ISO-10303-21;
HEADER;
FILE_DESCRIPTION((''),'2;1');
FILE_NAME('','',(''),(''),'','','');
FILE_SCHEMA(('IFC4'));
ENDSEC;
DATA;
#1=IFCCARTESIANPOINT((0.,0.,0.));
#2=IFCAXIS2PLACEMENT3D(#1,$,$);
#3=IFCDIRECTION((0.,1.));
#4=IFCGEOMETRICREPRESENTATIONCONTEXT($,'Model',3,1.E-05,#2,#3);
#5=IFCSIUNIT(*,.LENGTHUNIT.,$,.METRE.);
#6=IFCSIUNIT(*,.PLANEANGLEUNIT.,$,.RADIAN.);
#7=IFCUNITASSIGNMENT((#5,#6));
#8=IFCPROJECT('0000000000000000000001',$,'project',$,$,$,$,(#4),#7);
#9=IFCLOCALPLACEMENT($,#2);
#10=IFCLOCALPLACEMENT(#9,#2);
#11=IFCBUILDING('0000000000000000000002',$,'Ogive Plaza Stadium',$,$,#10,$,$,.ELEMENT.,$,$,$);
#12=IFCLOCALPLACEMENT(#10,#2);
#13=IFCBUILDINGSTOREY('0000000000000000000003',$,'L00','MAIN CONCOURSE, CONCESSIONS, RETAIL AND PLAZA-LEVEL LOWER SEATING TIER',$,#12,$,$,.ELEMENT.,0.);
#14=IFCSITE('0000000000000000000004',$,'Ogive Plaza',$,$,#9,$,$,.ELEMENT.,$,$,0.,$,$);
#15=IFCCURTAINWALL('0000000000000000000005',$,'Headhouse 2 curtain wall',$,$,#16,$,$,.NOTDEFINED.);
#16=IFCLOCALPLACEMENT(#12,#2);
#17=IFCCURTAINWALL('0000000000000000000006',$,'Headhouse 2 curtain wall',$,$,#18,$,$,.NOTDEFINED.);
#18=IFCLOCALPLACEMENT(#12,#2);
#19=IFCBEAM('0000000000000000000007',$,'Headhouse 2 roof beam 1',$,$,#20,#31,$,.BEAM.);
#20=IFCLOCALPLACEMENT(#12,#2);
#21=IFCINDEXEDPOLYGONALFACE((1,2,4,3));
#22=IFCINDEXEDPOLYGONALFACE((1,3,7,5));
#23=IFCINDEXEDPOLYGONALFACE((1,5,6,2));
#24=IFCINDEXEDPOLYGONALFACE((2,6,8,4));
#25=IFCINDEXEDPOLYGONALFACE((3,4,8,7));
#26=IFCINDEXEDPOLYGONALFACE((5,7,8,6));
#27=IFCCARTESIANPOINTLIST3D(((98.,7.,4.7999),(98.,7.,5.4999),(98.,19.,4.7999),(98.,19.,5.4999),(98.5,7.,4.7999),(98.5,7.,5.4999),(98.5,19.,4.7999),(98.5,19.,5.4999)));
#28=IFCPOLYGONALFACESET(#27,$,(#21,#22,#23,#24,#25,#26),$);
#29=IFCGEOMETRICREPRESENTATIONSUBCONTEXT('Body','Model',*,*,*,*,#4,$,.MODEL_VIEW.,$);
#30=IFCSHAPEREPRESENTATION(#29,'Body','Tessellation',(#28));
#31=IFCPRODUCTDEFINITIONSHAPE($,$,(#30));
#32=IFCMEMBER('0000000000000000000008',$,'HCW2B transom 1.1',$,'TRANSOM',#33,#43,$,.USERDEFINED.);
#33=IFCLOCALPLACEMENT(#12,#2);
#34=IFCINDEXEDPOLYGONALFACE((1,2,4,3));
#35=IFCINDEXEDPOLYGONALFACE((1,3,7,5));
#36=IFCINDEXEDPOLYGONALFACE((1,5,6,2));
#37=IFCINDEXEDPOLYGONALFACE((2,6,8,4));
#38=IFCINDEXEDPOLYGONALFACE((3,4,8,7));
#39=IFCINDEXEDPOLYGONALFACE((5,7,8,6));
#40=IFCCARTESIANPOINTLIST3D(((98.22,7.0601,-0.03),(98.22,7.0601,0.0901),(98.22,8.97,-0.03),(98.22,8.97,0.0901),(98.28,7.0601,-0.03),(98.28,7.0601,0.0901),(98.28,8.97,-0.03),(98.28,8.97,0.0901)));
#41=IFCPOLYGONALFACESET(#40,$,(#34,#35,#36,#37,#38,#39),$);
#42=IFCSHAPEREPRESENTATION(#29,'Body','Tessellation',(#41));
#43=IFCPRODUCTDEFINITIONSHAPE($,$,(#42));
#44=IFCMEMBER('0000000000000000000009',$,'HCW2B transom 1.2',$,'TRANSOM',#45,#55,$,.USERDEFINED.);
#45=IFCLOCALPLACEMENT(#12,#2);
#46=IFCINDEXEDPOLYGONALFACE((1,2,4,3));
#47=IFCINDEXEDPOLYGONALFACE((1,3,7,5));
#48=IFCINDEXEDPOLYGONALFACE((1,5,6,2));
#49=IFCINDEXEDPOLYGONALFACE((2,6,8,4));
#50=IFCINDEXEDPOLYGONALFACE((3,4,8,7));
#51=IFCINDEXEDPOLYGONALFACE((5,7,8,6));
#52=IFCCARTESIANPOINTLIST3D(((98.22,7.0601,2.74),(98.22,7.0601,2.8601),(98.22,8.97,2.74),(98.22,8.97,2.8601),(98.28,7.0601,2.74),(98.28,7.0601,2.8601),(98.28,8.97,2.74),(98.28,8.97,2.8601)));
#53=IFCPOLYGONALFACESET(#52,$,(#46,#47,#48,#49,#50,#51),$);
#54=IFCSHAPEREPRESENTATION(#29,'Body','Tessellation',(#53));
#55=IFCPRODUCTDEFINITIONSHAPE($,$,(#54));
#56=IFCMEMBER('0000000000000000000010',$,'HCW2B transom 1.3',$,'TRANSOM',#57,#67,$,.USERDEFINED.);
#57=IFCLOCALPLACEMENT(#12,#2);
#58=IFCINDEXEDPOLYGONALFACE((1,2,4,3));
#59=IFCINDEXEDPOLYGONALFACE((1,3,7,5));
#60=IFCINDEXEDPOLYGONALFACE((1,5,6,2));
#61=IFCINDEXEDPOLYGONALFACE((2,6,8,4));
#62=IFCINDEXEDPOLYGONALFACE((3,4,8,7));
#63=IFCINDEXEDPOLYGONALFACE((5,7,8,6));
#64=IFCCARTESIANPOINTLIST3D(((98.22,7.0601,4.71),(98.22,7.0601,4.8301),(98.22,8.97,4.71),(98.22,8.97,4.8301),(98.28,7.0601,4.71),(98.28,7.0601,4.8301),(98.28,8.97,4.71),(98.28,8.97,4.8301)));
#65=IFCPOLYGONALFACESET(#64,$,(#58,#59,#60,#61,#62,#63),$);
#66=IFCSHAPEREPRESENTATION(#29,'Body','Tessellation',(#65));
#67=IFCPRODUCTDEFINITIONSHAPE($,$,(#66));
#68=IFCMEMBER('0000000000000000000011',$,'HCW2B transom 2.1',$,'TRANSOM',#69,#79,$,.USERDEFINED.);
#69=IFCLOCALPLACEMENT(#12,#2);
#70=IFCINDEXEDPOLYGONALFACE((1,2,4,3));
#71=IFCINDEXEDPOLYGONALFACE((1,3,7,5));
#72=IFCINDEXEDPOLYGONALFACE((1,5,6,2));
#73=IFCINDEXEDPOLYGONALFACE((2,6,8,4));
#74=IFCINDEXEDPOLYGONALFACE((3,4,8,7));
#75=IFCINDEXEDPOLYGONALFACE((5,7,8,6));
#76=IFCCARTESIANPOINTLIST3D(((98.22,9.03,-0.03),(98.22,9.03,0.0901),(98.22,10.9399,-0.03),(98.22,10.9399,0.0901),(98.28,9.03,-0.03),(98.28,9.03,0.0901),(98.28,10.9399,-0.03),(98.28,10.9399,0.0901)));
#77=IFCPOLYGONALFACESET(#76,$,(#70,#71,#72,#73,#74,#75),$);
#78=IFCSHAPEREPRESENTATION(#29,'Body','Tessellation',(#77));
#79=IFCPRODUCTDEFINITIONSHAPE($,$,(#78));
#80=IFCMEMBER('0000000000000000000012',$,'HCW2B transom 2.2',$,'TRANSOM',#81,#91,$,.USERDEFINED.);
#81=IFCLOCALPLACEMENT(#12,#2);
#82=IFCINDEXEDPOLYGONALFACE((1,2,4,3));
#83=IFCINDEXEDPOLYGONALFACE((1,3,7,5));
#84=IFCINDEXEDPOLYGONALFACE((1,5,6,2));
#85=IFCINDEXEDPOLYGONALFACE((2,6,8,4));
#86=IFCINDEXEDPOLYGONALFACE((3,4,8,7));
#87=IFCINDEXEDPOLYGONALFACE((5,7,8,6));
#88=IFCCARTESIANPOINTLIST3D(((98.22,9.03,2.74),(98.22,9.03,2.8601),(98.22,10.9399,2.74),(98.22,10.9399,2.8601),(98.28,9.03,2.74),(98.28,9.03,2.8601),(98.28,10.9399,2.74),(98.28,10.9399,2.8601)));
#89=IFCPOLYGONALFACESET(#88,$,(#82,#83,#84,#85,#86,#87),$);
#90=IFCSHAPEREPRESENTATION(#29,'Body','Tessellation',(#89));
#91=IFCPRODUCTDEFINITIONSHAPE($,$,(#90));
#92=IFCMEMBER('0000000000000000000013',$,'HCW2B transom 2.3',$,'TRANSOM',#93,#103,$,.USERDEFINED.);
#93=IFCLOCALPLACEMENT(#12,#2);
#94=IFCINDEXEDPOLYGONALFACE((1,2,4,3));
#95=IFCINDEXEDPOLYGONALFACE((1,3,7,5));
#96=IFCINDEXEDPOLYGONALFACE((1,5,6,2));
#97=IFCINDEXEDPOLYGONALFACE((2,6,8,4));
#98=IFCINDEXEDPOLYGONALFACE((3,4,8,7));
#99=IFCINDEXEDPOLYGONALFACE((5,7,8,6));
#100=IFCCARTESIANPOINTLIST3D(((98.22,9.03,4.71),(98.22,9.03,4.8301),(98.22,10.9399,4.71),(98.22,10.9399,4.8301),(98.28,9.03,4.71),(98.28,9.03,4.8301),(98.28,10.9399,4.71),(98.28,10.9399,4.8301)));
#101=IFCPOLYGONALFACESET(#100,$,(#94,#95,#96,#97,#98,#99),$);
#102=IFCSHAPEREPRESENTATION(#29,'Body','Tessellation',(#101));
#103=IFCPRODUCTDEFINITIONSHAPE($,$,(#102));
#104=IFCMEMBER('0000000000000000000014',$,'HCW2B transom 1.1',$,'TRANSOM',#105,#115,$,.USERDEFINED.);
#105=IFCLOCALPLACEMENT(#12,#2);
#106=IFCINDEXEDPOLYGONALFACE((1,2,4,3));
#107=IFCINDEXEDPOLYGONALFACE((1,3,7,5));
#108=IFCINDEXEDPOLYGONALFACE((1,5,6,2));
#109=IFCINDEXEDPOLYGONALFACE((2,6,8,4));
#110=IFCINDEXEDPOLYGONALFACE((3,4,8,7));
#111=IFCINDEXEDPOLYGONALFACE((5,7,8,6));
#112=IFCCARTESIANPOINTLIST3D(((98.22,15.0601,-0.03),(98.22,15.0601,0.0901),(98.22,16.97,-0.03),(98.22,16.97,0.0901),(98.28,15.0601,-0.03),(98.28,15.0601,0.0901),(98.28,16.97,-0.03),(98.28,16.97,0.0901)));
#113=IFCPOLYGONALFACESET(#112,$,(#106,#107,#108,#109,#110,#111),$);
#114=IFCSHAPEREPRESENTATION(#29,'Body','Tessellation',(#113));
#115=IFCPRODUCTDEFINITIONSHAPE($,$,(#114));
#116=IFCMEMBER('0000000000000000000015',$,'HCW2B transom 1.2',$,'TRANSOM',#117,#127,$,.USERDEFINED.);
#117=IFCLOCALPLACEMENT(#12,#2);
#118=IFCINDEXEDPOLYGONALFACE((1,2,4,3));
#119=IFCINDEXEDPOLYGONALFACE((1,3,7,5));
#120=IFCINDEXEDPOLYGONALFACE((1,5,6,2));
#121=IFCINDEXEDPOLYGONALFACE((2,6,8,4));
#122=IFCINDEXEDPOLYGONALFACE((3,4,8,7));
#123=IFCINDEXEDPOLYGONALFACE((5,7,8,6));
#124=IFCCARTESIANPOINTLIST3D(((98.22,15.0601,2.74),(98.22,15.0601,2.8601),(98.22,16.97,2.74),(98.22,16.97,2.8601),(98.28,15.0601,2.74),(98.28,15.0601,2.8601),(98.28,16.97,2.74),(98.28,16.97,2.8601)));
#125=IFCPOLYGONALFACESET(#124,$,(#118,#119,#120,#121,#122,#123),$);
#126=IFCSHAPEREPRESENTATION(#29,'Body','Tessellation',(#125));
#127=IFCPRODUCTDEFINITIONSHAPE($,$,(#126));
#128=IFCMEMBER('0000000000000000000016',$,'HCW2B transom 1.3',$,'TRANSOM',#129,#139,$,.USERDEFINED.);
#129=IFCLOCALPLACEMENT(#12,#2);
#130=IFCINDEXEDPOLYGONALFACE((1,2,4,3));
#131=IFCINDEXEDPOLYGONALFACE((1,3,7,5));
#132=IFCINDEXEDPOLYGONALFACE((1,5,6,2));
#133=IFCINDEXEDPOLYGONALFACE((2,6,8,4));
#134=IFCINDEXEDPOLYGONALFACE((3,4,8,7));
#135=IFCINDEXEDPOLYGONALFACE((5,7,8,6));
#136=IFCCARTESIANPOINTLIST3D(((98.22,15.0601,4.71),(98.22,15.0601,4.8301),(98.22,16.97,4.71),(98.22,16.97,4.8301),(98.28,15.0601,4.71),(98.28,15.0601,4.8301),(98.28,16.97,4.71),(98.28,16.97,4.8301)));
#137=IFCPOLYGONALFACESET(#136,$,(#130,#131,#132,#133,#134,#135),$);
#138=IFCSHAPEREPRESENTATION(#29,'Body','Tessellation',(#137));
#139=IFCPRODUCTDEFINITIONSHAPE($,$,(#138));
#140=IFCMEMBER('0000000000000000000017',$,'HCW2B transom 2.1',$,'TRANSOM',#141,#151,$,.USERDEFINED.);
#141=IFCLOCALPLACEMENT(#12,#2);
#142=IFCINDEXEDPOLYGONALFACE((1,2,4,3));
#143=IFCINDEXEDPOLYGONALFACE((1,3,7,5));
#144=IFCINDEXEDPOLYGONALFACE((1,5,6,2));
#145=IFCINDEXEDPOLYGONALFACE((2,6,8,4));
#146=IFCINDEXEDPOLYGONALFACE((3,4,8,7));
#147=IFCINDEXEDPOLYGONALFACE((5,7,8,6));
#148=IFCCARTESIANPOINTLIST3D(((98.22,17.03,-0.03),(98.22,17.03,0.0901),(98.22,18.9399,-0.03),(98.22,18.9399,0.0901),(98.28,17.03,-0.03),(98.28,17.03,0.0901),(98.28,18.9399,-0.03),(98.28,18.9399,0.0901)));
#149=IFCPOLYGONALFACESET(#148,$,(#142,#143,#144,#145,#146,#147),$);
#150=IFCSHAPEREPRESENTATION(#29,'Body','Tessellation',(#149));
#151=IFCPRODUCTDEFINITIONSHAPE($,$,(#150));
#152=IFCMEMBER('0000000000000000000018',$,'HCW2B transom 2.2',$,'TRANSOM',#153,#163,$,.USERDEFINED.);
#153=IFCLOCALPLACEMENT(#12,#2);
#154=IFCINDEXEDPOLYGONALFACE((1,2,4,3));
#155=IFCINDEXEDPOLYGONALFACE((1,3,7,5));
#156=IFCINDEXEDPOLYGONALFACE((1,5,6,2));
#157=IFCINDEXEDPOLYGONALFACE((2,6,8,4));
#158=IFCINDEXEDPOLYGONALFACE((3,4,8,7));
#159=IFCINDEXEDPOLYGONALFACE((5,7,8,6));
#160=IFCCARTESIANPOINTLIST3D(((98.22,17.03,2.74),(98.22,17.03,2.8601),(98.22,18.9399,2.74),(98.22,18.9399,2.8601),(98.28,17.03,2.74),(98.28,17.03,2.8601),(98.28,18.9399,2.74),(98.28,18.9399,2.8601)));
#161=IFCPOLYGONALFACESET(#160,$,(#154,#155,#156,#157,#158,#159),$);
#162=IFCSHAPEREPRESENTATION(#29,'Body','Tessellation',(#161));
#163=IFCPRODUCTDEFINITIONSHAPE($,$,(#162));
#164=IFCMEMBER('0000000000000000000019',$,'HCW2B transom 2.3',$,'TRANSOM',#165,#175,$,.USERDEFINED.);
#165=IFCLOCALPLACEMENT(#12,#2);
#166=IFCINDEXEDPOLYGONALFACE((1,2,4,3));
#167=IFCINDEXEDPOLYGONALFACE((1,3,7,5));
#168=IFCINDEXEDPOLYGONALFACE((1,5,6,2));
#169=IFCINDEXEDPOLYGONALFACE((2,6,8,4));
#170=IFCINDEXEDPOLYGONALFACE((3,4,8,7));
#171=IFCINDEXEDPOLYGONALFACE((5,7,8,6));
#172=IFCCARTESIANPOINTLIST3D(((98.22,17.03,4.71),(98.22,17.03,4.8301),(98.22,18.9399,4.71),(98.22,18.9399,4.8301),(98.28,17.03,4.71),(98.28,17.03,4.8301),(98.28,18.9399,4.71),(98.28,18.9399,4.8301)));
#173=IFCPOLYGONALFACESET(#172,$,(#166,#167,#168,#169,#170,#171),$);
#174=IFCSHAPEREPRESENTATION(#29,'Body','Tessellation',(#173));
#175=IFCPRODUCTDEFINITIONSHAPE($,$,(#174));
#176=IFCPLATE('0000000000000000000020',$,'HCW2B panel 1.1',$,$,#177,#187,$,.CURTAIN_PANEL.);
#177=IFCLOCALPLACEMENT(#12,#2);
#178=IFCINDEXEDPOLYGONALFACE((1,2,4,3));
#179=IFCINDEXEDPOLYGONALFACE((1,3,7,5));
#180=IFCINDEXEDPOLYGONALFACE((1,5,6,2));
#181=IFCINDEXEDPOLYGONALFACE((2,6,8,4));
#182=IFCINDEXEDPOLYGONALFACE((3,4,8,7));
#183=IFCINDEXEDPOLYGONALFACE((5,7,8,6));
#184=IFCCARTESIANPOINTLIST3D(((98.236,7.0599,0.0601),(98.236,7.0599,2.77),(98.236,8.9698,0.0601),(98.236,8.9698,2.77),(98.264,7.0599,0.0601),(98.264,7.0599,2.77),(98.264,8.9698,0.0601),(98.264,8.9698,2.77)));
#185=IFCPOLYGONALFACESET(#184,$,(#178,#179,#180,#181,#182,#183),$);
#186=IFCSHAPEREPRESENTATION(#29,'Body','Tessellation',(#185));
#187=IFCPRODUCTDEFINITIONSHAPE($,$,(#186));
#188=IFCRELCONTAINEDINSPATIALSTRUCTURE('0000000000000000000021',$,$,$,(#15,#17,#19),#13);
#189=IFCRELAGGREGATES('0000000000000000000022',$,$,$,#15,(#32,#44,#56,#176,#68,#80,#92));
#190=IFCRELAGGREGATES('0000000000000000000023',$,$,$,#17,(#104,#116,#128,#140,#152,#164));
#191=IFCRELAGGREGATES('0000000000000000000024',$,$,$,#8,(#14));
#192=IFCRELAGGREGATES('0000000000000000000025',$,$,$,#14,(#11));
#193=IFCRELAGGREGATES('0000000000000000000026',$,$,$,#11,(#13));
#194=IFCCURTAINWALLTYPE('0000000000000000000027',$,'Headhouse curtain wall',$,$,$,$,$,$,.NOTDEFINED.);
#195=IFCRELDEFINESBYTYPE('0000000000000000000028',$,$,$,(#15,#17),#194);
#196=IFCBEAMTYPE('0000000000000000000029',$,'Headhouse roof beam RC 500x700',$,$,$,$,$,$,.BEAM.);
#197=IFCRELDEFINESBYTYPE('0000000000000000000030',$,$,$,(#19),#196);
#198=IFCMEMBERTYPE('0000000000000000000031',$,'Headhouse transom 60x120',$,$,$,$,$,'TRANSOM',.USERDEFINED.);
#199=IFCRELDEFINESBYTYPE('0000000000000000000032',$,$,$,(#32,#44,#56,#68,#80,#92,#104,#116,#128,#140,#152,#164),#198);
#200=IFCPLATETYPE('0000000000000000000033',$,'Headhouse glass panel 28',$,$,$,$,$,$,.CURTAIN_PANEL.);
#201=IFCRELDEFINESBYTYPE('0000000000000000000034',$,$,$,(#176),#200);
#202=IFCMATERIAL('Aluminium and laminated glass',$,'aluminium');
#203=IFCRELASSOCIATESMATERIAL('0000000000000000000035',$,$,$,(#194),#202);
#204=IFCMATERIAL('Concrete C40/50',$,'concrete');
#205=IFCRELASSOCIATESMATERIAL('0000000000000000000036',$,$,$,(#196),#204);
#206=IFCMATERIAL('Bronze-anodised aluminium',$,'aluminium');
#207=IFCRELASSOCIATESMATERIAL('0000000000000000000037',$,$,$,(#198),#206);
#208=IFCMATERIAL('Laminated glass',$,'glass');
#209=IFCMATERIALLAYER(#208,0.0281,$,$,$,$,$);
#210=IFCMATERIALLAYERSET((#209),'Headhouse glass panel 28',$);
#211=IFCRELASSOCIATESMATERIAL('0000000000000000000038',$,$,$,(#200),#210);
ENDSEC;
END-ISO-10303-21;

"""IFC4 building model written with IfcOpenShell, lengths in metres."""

from ifc_helpers import new_model, si_unit, direction, frame, origin, origin_2d, place, context, subcontext, project, spatial, rectangle, extrude, material, layer, layer_set, material_profile, profile_set, type_object, element, aggregate, save


model = new_model("IFC4")

# Units and contexts
model_context = context("Model", 3, precision=1e-05, world=origin(), true_north=direction((0.0, 1.0)))
body_context = subcontext(model_context, "Body", "Model", "MODEL_VIEW")
ifc_project = project(units=[si_unit("LENGTHUNIT", "METRE"), si_unit("PLANEANGLEUNIT", "RADIAN")], contexts=[model_context])

# Site, building, storey
site_placement = place(None, origin())
site = spatial("IfcSite", under=ifc_project, at=site_placement, Name="Ogive Plaza", CompositionType="ELEMENT", RefElevation=0.0)
building_placement = place(site_placement, origin())
building = spatial("IfcBuilding", under=site, at=building_placement, Name="Ogive Plaza Stadium", CompositionType="ELEMENT")
storey_placement = place(building_placement, origin())
storey = spatial("IfcBuildingStorey", under=building, at=storey_placement, Name="L00", Description="MAIN CONCOURSE, CONCESSIONS, RETAIL AND PLAZA-LEVEL LOWER SEATING TIER", CompositionType="ELEMENT", Elevation=0.0)

# Shared definitions
ifc_material_1 = material(Name="Aluminium and laminated glass", Category="aluminium")
curtain_wall_type = type_object("IfcCurtainWallType", Name="Headhouse curtain wall", PredefinedType="NOTDEFINED", material=ifc_material_1)

# Curtain walls
curtain_wall_1_placement = place(storey_placement, origin())
curtain_wall_1 = element("IfcCurtainWall", 1, at=curtain_wall_1_placement, inside=storey, type_object=curtain_wall_type, Name="Headhouse 2 curtain wall", PredefinedType="NOTDEFINED")
curtain_wall_2_placement = place(storey_placement, origin())
curtain_wall_2 = element("IfcCurtainWall", 2, at=curtain_wall_2_placement, inside=storey, type_object=curtain_wall_type, Name="Headhouse 2 curtain wall", PredefinedType="NOTDEFINED")

# Beam
ifc_material_2 = material(Name="Concrete C40/50", Category="concrete")
ifc_material_profile_1 = material_profile(ifc_material_2, rectangle(XDim=0.5, YDim=0.7, at=origin_2d()), Name="Headhouse roof beam RC 500x700")
ifc_profile_set_1 = profile_set([ifc_material_profile_1], Name="Concrete C40/50")
beam_type_1 = type_object("IfcBeamType", Name="Headhouse roof beam RC 500x700", PredefinedType="BEAM", material=ifc_profile_set_1)
beam_1_placement = place(storey_placement, frame((98.25, 7.0, 5.1499), z_axis=(0.0, 1.0, 0.0), x_axis=(-1.0, 0.0, 0.0)))
element("IfcBeam", 3, at=beam_1_placement, inside=storey, type_object=beam_type_1, Name="Headhouse 2 roof beam 1", PredefinedType="BEAM", context=body_context, shape_type="SweptSolid", body=[
    extrude(rectangle(XDim=0.5, YDim=0.7, at=origin_2d()), origin(), (0.0, 0.0, 1.0), 12.0),
])

# Members
ifc_material_3 = material(Name="Bronze-anodised aluminium", Category="aluminium")
ifc_material_profile_2 = material_profile(ifc_material_3, rectangle(XDim=0.0601, YDim=0.1201, at=origin_2d()), Name="Headhouse transom 60x120")
ifc_profile_set_2 = profile_set([ifc_material_profile_2], Name="Bronze-anodised aluminium")
member_type_1 = type_object("IfcMemberType", Name="Headhouse transom 60x120", ElementType="TRANSOM", PredefinedType="USERDEFINED", material=ifc_profile_set_2)
member_1_placement = place(storey_placement, frame((98.25, 7.0601, 0.03), z_axis=(0.0, 1.0, 0.0), x_axis=(-1.0, 0.0, 0.0)))
member_1 = element("IfcMember", 4, at=member_1_placement, type_object=member_type_1, Name="HCW2B transom 1.1", ObjectType="TRANSOM", PredefinedType="USERDEFINED", context=body_context, shape_type="SweptSolid", body=[
    extrude(rectangle(XDim=0.0601, YDim=0.1201, at=origin_2d()), origin(), (0.0, 0.0, 1.0), 1.9099),
])
member_2_placement = place(storey_placement, frame((98.25, 7.0601, 2.8), z_axis=(0.0, 1.0, 0.0), x_axis=(-1.0, 0.0, 0.0)))
member_2 = element("IfcMember", 5, at=member_2_placement, type_object=member_type_1, Name="HCW2B transom 1.2", ObjectType="TRANSOM", PredefinedType="USERDEFINED", context=body_context, shape_type="SweptSolid", body=[
    extrude(rectangle(XDim=0.0601, YDim=0.1201, at=origin_2d()), origin(), (0.0, 0.0, 1.0), 1.9099),
])
member_3_placement = place(storey_placement, frame((98.25, 7.0601, 4.77), z_axis=(0.0, 1.0, 0.0), x_axis=(-1.0, 0.0, 0.0)))
member_3 = element("IfcMember", 6, at=member_3_placement, type_object=member_type_1, Name="HCW2B transom 1.3", ObjectType="TRANSOM", PredefinedType="USERDEFINED", context=body_context, shape_type="SweptSolid", body=[
    extrude(rectangle(XDim=0.0601, YDim=0.1201, at=origin_2d()), origin(), (0.0, 0.0, 1.0), 1.9099),
])
member_4_placement = place(storey_placement, frame((98.25, 9.03, 0.03), z_axis=(0.0, 1.0, 0.0), x_axis=(-1.0, 0.0, 0.0)))
member_4 = element("IfcMember", 7, at=member_4_placement, type_object=member_type_1, Name="HCW2B transom 2.1", ObjectType="TRANSOM", PredefinedType="USERDEFINED", context=body_context, shape_type="SweptSolid", body=[
    extrude(rectangle(XDim=0.0601, YDim=0.1201, at=origin_2d()), origin(), (0.0, 0.0, 1.0), 1.9099),
])
member_5_placement = place(storey_placement, frame((98.25, 9.03, 2.8), z_axis=(0.0, 1.0, 0.0), x_axis=(-1.0, 0.0, 0.0)))
member_5 = element("IfcMember", 8, at=member_5_placement, type_object=member_type_1, Name="HCW2B transom 2.2", ObjectType="TRANSOM", PredefinedType="USERDEFINED", context=body_context, shape_type="SweptSolid", body=[
    extrude(rectangle(XDim=0.0601, YDim=0.1201, at=origin_2d()), origin(), (0.0, 0.0, 1.0), 1.9099),
])
member_6_placement = place(storey_placement, frame((98.25, 9.03, 4.77), z_axis=(0.0, 1.0, 0.0), x_axis=(-1.0, 0.0, 0.0)))
member_6 = element("IfcMember", 9, at=member_6_placement, type_object=member_type_1, Name="HCW2B transom 2.3", ObjectType="TRANSOM", PredefinedType="USERDEFINED", context=body_context, shape_type="SweptSolid", body=[
    extrude(rectangle(XDim=0.0601, YDim=0.1201, at=origin_2d()), origin(), (0.0, 0.0, 1.0), 1.9099),
])
member_7_placement = place(storey_placement, frame((98.25, 15.0601, 0.03), z_axis=(0.0, 1.0, 0.0), x_axis=(-1.0, 0.0, 0.0)))
member_7 = element("IfcMember", 10, at=member_7_placement, type_object=member_type_1, Name="HCW2B transom 1.1", ObjectType="TRANSOM", PredefinedType="USERDEFINED", context=body_context, shape_type="SweptSolid", body=[
    extrude(rectangle(XDim=0.0601, YDim=0.1201, at=origin_2d()), origin(), (0.0, 0.0, 1.0), 1.9099),
])
member_8_placement = place(storey_placement, frame((98.25, 15.0601, 2.8), z_axis=(0.0, 1.0, 0.0), x_axis=(-1.0, 0.0, 0.0)))
member_8 = element("IfcMember", 11, at=member_8_placement, type_object=member_type_1, Name="HCW2B transom 1.2", ObjectType="TRANSOM", PredefinedType="USERDEFINED", context=body_context, shape_type="SweptSolid", body=[
    extrude(rectangle(XDim=0.0601, YDim=0.1201, at=origin_2d()), origin(), (0.0, 0.0, 1.0), 1.9099),
])
member_9_placement = place(storey_placement, frame((98.25, 15.0601, 4.77), z_axis=(0.0, 1.0, 0.0), x_axis=(-1.0, 0.0, 0.0)))
member_9 = element("IfcMember", 12, at=member_9_placement, type_object=member_type_1, Name="HCW2B transom 1.3", ObjectType="TRANSOM", PredefinedType="USERDEFINED", context=body_context, shape_type="SweptSolid", body=[
    extrude(rectangle(XDim=0.0601, YDim=0.1201, at=origin_2d()), origin(), (0.0, 0.0, 1.0), 1.9099),
])
member_10_placement = place(storey_placement, frame((98.25, 17.03, 0.03), z_axis=(0.0, 1.0, 0.0), x_axis=(-1.0, 0.0, 0.0)))
member_10 = element("IfcMember", 13, at=member_10_placement, type_object=member_type_1, Name="HCW2B transom 2.1", ObjectType="TRANSOM", PredefinedType="USERDEFINED", context=body_context, shape_type="SweptSolid", body=[
    extrude(rectangle(XDim=0.0601, YDim=0.1201, at=origin_2d()), origin(), (0.0, 0.0, 1.0), 1.9099),
])
member_11_placement = place(storey_placement, frame((98.25, 17.03, 2.8), z_axis=(0.0, 1.0, 0.0), x_axis=(-1.0, 0.0, 0.0)))
member_11 = element("IfcMember", 14, at=member_11_placement, type_object=member_type_1, Name="HCW2B transom 2.2", ObjectType="TRANSOM", PredefinedType="USERDEFINED", context=body_context, shape_type="SweptSolid", body=[
    extrude(rectangle(XDim=0.0601, YDim=0.1201, at=origin_2d()), origin(), (0.0, 0.0, 1.0), 1.9099),
])
member_12_placement = place(storey_placement, frame((98.25, 17.03, 4.77), z_axis=(0.0, 1.0, 0.0), x_axis=(-1.0, 0.0, 0.0)))
member_12 = element("IfcMember", 15, at=member_12_placement, type_object=member_type_1, Name="HCW2B transom 2.3", ObjectType="TRANSOM", PredefinedType="USERDEFINED", context=body_context, shape_type="SweptSolid", body=[
    extrude(rectangle(XDim=0.0601, YDim=0.1201, at=origin_2d()), origin(), (0.0, 0.0, 1.0), 1.9099),
])

# Plate
ifc_material_4 = material(Name="Laminated glass", Category="glass")
ifc_layer_1 = layer(ifc_material_4, 0.0281)
ifc_layer_set_1 = layer_set([ifc_layer_1], Name="Headhouse glass panel 28")
plate_type = type_object("IfcPlateType", Name="Headhouse glass panel 28", PredefinedType="CURTAIN_PANEL", material=ifc_layer_set_1)
plate_1_placement = place(storey_placement, frame((98.25, 8.0149, 0.0601), z_axis=(0.0, 0.0, 1.0), x_axis=(0.0, 1.0, 0.0)))
plate_1 = element("IfcPlate", 16, at=plate_1_placement, type_object=plate_type, Name="HCW2B panel 1.1", PredefinedType="CURTAIN_PANEL", context=body_context, shape_type="SweptSolid", body=[
    extrude(rectangle(XDim=1.9099, YDim=0.0281, at=origin_2d()), origin(), (0.0, 0.0, 1.0), 2.71),
])
aggregate(curtain_wall_1, [member_1, member_2, member_3, plate_1, member_4, member_5, member_6])
aggregate(curtain_wall_2, [member_7, member_8, member_9, member_10, member_11, member_12])

save(model, "model.ifc")
